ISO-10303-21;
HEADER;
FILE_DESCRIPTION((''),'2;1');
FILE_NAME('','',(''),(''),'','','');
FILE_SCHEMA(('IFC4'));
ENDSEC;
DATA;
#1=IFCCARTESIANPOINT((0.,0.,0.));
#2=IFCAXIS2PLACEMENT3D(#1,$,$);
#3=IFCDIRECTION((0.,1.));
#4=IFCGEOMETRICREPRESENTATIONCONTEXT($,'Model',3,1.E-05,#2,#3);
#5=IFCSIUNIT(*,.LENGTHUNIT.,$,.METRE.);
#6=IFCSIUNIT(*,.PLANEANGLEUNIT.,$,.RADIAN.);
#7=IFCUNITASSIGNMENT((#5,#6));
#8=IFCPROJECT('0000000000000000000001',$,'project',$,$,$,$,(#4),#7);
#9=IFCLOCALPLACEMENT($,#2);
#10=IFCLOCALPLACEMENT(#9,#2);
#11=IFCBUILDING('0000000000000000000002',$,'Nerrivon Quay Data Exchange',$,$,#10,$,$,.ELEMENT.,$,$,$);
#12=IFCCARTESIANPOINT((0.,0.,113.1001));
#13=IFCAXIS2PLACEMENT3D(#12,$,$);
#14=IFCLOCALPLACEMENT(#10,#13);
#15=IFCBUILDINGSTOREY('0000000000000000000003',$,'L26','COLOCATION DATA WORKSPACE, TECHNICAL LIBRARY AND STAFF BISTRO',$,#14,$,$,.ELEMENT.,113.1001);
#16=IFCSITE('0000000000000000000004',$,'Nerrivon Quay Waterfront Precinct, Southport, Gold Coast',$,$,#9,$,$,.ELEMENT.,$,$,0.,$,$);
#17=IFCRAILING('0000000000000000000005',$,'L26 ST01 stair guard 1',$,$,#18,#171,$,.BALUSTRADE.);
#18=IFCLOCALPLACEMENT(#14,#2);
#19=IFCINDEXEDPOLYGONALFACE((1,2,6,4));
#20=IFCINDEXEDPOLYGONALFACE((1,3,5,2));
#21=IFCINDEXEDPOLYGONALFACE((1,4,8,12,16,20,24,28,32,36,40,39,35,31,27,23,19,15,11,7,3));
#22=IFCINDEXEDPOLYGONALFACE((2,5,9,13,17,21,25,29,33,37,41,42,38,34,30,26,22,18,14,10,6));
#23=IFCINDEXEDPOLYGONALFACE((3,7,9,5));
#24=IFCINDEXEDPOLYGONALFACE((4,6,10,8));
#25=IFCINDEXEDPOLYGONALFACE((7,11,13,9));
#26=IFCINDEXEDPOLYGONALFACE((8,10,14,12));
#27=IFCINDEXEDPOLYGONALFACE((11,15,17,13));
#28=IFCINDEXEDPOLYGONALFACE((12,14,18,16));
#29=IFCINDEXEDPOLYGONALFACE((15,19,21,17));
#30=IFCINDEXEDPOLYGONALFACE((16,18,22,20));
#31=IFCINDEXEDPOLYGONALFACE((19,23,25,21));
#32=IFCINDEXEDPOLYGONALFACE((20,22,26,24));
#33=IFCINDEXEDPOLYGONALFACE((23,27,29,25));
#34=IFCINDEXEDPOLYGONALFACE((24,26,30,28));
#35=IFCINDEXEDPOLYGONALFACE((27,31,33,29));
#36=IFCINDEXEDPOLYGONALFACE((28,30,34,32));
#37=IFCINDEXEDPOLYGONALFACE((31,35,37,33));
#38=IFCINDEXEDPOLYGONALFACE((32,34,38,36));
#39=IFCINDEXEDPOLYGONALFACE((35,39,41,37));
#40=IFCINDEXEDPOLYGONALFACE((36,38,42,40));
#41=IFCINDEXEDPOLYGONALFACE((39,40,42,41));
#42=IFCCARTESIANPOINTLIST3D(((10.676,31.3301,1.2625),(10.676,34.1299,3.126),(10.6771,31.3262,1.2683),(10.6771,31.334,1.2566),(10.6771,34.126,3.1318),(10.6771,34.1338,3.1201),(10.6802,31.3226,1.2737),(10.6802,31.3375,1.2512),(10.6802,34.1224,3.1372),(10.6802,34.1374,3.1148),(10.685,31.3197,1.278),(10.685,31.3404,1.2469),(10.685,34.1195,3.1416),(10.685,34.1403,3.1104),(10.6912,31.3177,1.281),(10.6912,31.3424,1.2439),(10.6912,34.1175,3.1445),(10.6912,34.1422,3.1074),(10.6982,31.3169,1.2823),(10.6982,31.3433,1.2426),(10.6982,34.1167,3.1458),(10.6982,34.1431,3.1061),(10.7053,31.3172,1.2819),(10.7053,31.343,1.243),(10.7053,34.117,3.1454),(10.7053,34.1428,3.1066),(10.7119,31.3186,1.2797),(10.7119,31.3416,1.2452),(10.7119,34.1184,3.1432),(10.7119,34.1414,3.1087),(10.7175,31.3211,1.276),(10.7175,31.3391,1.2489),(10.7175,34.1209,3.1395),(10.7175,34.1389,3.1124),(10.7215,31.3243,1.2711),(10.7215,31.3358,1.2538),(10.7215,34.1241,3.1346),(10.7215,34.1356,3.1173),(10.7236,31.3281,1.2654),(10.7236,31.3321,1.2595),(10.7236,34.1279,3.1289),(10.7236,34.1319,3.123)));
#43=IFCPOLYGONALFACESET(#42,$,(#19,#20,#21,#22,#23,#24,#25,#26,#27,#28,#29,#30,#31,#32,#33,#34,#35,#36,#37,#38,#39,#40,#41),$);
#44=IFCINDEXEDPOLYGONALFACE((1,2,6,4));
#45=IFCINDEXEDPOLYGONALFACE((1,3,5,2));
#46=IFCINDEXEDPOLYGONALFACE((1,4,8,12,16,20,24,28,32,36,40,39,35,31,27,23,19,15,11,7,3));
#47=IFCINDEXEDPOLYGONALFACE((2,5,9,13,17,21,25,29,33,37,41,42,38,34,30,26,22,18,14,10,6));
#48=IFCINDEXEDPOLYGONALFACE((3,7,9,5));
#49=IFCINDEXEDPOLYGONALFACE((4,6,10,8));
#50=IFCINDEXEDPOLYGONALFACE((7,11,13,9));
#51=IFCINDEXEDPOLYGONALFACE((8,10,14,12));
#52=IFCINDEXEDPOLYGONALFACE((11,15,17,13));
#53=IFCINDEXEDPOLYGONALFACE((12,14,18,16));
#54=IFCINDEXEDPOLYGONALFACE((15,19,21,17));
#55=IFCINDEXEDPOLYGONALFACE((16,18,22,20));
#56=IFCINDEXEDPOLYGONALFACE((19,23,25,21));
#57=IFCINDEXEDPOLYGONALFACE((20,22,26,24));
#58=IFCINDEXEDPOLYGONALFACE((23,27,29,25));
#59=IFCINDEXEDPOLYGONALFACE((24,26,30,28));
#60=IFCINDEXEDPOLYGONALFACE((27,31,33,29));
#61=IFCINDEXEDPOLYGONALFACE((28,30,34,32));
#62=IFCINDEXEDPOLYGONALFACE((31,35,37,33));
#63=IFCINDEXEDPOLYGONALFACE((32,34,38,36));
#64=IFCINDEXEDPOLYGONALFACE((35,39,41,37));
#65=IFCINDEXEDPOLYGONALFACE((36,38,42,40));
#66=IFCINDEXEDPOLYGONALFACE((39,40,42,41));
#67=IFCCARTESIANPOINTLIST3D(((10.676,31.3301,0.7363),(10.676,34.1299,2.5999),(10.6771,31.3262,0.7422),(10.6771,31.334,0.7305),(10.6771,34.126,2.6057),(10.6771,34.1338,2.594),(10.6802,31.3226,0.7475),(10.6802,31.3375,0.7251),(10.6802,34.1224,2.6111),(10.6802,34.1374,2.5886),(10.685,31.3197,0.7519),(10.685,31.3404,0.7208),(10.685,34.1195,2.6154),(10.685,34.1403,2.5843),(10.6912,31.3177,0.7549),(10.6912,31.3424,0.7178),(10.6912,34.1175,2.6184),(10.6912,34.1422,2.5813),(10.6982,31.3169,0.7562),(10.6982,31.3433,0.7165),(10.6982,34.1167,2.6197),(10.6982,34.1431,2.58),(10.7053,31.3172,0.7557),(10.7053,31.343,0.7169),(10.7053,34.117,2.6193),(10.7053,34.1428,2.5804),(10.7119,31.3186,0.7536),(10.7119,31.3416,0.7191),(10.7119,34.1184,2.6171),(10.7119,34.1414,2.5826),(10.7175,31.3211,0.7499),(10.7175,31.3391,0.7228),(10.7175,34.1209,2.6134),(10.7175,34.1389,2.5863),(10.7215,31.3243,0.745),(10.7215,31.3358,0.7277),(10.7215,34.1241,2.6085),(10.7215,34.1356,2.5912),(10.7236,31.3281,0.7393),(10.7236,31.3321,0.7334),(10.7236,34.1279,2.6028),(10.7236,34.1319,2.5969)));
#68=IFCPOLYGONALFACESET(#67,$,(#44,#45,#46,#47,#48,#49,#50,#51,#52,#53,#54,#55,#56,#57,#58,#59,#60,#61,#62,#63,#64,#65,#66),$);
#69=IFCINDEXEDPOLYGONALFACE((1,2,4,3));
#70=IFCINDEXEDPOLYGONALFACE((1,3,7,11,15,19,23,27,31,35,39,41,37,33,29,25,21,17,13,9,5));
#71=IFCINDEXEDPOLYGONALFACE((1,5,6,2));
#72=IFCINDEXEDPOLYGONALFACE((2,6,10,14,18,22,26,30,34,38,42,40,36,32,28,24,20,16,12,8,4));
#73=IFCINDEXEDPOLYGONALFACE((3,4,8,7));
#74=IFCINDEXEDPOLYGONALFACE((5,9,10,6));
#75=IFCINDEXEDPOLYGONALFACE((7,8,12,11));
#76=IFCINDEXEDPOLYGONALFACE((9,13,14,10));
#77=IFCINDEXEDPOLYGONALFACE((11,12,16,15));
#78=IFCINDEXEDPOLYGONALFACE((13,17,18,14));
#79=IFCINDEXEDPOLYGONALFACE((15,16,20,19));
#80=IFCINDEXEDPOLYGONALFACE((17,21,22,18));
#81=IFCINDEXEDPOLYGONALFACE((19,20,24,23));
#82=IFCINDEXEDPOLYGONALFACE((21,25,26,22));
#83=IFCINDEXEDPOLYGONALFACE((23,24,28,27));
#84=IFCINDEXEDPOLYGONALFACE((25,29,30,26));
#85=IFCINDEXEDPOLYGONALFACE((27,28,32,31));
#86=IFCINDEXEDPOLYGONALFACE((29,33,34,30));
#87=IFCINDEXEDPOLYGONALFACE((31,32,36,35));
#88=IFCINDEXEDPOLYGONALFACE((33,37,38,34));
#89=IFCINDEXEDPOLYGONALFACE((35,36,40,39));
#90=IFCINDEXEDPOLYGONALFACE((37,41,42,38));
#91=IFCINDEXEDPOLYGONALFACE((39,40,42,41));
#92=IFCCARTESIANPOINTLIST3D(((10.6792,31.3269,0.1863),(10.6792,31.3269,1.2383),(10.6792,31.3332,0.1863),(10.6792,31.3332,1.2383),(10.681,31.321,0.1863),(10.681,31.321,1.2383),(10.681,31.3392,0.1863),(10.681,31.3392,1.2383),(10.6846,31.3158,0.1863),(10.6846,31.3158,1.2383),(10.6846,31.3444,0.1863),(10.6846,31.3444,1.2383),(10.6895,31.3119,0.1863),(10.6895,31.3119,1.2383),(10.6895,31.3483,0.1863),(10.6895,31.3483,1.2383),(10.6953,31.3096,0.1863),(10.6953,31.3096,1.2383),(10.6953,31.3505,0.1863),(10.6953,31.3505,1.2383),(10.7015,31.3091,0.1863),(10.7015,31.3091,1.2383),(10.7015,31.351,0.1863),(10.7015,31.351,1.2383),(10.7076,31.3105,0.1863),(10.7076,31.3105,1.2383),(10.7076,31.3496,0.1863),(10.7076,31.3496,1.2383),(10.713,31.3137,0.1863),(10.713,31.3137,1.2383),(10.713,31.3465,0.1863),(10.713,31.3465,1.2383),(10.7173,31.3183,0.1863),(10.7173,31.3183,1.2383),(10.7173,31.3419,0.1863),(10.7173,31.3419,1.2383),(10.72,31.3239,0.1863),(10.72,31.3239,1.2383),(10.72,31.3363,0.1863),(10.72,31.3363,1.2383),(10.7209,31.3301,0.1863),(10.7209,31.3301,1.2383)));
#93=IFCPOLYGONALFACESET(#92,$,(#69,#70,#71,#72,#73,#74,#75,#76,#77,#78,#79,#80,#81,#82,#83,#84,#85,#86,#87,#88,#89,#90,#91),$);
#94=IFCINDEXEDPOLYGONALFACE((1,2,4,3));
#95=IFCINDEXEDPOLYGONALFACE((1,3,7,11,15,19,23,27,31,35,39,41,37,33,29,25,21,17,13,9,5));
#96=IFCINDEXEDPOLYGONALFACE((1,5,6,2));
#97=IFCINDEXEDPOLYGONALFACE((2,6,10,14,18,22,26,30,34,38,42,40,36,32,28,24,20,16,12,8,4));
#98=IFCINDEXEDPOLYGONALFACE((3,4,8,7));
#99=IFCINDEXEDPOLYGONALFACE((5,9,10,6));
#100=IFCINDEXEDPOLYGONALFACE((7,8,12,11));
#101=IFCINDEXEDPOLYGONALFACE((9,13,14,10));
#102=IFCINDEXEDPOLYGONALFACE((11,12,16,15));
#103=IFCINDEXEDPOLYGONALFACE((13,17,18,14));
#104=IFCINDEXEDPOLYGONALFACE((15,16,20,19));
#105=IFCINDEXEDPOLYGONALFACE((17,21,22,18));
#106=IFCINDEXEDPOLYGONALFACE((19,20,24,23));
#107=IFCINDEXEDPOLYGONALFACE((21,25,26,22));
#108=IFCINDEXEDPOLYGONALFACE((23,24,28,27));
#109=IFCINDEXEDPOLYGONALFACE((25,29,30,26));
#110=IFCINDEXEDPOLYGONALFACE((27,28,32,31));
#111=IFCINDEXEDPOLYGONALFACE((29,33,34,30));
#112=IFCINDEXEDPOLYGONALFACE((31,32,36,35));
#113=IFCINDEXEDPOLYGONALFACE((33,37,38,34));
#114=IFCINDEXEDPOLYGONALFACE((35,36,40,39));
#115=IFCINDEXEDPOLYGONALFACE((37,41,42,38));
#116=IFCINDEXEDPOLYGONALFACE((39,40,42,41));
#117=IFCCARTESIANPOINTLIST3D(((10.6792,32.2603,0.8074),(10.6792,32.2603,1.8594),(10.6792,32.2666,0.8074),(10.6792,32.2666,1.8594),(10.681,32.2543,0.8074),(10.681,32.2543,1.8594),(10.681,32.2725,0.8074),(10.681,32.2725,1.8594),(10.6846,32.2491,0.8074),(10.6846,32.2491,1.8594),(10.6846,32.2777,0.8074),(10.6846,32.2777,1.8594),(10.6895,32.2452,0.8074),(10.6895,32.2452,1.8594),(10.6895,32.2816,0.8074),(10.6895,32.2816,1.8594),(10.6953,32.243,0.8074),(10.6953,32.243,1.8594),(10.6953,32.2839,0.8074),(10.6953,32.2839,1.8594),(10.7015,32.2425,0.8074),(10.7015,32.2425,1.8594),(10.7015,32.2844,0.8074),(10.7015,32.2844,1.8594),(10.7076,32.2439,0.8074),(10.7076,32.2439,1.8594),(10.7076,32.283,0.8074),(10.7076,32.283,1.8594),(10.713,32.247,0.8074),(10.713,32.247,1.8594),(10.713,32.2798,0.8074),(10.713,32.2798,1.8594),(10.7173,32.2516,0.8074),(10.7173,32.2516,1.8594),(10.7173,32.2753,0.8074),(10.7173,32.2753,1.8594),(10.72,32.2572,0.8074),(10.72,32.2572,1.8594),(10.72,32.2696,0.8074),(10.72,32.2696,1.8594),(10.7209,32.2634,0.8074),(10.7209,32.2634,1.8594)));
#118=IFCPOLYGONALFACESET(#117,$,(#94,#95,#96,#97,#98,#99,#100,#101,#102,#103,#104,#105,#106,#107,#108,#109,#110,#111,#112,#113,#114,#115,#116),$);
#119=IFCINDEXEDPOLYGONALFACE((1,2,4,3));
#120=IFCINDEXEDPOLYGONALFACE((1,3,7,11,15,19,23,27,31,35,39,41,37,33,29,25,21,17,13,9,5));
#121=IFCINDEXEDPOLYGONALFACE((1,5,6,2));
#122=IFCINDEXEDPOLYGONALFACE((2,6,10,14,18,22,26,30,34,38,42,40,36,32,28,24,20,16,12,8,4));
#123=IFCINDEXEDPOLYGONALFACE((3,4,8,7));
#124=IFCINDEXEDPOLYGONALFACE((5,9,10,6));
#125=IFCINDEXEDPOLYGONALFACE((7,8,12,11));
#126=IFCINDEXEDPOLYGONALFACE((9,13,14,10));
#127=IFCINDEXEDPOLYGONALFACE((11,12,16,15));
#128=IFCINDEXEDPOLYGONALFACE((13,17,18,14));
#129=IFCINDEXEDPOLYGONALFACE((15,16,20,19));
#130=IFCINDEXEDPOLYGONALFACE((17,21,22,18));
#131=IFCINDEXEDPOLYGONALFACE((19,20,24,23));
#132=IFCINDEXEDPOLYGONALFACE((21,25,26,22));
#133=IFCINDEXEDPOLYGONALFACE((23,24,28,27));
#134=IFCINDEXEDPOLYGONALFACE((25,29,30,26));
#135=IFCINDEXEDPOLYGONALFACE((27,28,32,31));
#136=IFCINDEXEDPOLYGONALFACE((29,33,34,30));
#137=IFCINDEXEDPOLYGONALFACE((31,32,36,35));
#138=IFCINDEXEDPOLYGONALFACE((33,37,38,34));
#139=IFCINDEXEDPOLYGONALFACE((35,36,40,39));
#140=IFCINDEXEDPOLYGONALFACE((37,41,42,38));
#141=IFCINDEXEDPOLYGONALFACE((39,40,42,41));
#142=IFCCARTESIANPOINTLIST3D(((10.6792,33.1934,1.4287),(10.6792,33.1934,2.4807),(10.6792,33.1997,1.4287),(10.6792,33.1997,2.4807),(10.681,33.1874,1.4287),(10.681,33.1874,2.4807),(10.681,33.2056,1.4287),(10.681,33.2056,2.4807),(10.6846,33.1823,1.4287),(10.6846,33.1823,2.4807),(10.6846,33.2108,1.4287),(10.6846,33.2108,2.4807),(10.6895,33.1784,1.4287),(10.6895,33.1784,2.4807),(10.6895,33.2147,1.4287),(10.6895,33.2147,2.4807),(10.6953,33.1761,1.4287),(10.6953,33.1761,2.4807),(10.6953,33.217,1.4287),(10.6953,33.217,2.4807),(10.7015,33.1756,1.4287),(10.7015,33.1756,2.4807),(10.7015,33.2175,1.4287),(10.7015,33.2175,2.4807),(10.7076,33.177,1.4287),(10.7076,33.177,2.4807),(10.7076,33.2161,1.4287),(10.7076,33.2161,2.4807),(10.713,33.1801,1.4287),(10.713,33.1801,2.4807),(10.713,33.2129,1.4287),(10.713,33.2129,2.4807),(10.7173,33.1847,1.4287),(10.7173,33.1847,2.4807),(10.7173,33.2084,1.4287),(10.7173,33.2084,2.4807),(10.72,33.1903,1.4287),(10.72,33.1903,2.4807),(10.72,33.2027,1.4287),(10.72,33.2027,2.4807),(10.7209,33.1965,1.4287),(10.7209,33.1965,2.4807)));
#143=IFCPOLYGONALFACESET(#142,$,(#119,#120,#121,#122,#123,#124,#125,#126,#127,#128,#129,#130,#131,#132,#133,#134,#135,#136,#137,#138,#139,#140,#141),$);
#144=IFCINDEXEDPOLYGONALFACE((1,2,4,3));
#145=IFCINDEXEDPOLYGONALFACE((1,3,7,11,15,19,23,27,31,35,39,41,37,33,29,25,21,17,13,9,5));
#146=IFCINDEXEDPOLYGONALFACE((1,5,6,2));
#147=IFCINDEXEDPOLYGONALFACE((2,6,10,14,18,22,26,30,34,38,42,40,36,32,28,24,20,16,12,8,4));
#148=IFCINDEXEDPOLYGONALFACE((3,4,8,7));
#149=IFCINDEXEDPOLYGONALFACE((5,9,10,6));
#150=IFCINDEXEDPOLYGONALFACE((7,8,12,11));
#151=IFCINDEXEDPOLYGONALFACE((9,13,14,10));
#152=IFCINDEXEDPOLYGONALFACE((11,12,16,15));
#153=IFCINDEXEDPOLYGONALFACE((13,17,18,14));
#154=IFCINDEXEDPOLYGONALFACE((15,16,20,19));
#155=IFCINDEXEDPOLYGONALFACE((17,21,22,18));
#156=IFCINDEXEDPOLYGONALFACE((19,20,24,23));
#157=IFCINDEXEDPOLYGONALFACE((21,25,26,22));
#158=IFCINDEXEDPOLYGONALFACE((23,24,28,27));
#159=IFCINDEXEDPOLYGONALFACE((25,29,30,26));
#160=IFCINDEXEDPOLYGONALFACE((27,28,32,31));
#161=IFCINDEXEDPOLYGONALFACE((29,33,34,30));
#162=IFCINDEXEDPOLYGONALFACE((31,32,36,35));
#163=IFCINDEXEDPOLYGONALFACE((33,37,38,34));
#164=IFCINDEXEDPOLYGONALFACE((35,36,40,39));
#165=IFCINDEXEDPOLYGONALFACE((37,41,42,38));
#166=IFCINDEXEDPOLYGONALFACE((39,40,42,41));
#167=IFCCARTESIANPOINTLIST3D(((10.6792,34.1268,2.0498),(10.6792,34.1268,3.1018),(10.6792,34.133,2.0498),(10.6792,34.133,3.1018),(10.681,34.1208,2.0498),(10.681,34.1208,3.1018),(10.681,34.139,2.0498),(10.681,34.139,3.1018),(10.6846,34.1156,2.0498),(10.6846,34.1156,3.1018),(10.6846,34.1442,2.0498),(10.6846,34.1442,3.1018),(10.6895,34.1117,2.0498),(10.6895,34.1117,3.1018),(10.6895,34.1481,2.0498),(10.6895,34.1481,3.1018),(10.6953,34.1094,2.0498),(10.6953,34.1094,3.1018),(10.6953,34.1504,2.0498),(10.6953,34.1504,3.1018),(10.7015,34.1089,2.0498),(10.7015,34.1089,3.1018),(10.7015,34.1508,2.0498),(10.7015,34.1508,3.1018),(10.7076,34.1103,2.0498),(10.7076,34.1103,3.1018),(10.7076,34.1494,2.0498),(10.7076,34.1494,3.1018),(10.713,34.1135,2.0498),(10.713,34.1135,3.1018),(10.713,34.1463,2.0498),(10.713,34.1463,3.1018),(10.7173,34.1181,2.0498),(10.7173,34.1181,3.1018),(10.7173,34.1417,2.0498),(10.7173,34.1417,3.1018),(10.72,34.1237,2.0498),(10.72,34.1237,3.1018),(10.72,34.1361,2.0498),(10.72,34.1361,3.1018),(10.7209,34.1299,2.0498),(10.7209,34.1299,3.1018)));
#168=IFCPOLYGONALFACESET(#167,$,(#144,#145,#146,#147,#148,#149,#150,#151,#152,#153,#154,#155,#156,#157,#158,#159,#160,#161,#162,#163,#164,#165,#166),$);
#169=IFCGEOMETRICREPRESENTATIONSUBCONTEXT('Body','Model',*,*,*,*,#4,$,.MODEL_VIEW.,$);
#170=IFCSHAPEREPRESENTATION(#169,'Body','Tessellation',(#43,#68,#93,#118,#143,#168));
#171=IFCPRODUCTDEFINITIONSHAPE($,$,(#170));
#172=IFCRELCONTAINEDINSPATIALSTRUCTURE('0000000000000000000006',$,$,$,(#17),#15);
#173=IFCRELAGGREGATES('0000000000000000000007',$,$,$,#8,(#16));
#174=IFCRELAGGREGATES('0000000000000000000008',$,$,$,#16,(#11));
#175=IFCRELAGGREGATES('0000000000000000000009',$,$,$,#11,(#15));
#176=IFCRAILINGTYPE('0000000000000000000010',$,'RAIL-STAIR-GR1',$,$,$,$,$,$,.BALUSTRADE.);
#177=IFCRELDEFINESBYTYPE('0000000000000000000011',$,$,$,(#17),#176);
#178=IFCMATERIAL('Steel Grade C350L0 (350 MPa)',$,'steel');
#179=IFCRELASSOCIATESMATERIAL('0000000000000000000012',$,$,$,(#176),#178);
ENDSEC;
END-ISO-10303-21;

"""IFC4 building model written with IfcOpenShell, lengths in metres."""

from ifc_helpers import new_model, si_unit, direction, frame, origin, origin_2d, place, context, subcontext, project, spatial, circle, extrude, material, type_object, element, save


model = new_model("IFC4")

# Units and contexts
model_context = context("Model", 3, precision=1e-05, world=origin(), true_north=direction((0.0, 1.0)))
body_context = subcontext(model_context, "Body", "Model", "MODEL_VIEW")
ifc_project = project(units=[si_unit("LENGTHUNIT", "METRE"), si_unit("PLANEANGLEUNIT", "RADIAN")], contexts=[model_context])

# Site, building, storey
site_placement = place(None, origin())
site = spatial("IfcSite", under=ifc_project, at=site_placement, Name="Nerrivon Quay Waterfront Precinct, Southport, Gold Coast", CompositionType="ELEMENT", RefElevation=0.0)
building_placement = place(site_placement, origin())
building = spatial("IfcBuilding", under=site, at=building_placement, Name="Nerrivon Quay Data Exchange", CompositionType="ELEMENT")
storey_placement = place(building_placement, frame((0.0, 0.0, 113.1001)))
storey = spatial("IfcBuildingStorey", under=building, at=storey_placement, Name="L26", Description="COLOCATION DATA WORKSPACE, TECHNICAL LIBRARY AND STAFF BISTRO", CompositionType="ELEMENT", Elevation=113.1001)

# Railing
ifc_material_1 = material(Name="Steel Grade C350L0 (350 MPa)", Category="steel")
railing_type_1 = type_object("IfcRailingType", Name="RAIL-STAIR-GR1", PredefinedType="BALUSTRADE", material=ifc_material_1)
railing_1_placement = place(storey_placement, frame((10.7, 31.3301, 0.1863)))
element("IfcRailing", 1, at=railing_1_placement, inside=storey, type_object=railing_type_1, Name="L26 ST01 stair guard 1", PredefinedType="BALUSTRADE", context=body_context, shape_type="SweptSolid", body=[
    extrude(circle(Radius=0.0239, at=origin_2d()), frame((0.0, 0.0, 1.0762), z_axis=(0.0, 0.832463, 0.55408), x_axis=(-1.0, 0.0, 0.0)), (0.0, 0.0, 1.0), 3.3633),
    extrude(circle(Radius=0.0239, at=origin_2d()), frame((0.0, 0.0, 0.55), z_axis=(0.0, 0.832463, 0.55408), x_axis=(-1.0, 0.0, 0.0)), (0.0, 0.0, 1.0), 3.3633),
    extrude(circle(Radius=0.021, at=origin_2d()), origin(), (0.0, 0.0, 1.0), 1.052),
    extrude(circle(Radius=0.021, at=origin_2d()), frame((0.0, 0.9333, 0.6211)), (0.0, 0.0, 1.0), 1.052),
    extrude(circle(Radius=0.021, at=origin_2d()), frame((0.0, 1.8665, 1.2424)), (0.0, 0.0, 1.0), 1.052),
    extrude(circle(Radius=0.021, at=origin_2d()), frame((0.0, 2.7998, 1.8635)), (0.0, 0.0, 1.0), 1.052),
])

save(model, "model.ifc")
